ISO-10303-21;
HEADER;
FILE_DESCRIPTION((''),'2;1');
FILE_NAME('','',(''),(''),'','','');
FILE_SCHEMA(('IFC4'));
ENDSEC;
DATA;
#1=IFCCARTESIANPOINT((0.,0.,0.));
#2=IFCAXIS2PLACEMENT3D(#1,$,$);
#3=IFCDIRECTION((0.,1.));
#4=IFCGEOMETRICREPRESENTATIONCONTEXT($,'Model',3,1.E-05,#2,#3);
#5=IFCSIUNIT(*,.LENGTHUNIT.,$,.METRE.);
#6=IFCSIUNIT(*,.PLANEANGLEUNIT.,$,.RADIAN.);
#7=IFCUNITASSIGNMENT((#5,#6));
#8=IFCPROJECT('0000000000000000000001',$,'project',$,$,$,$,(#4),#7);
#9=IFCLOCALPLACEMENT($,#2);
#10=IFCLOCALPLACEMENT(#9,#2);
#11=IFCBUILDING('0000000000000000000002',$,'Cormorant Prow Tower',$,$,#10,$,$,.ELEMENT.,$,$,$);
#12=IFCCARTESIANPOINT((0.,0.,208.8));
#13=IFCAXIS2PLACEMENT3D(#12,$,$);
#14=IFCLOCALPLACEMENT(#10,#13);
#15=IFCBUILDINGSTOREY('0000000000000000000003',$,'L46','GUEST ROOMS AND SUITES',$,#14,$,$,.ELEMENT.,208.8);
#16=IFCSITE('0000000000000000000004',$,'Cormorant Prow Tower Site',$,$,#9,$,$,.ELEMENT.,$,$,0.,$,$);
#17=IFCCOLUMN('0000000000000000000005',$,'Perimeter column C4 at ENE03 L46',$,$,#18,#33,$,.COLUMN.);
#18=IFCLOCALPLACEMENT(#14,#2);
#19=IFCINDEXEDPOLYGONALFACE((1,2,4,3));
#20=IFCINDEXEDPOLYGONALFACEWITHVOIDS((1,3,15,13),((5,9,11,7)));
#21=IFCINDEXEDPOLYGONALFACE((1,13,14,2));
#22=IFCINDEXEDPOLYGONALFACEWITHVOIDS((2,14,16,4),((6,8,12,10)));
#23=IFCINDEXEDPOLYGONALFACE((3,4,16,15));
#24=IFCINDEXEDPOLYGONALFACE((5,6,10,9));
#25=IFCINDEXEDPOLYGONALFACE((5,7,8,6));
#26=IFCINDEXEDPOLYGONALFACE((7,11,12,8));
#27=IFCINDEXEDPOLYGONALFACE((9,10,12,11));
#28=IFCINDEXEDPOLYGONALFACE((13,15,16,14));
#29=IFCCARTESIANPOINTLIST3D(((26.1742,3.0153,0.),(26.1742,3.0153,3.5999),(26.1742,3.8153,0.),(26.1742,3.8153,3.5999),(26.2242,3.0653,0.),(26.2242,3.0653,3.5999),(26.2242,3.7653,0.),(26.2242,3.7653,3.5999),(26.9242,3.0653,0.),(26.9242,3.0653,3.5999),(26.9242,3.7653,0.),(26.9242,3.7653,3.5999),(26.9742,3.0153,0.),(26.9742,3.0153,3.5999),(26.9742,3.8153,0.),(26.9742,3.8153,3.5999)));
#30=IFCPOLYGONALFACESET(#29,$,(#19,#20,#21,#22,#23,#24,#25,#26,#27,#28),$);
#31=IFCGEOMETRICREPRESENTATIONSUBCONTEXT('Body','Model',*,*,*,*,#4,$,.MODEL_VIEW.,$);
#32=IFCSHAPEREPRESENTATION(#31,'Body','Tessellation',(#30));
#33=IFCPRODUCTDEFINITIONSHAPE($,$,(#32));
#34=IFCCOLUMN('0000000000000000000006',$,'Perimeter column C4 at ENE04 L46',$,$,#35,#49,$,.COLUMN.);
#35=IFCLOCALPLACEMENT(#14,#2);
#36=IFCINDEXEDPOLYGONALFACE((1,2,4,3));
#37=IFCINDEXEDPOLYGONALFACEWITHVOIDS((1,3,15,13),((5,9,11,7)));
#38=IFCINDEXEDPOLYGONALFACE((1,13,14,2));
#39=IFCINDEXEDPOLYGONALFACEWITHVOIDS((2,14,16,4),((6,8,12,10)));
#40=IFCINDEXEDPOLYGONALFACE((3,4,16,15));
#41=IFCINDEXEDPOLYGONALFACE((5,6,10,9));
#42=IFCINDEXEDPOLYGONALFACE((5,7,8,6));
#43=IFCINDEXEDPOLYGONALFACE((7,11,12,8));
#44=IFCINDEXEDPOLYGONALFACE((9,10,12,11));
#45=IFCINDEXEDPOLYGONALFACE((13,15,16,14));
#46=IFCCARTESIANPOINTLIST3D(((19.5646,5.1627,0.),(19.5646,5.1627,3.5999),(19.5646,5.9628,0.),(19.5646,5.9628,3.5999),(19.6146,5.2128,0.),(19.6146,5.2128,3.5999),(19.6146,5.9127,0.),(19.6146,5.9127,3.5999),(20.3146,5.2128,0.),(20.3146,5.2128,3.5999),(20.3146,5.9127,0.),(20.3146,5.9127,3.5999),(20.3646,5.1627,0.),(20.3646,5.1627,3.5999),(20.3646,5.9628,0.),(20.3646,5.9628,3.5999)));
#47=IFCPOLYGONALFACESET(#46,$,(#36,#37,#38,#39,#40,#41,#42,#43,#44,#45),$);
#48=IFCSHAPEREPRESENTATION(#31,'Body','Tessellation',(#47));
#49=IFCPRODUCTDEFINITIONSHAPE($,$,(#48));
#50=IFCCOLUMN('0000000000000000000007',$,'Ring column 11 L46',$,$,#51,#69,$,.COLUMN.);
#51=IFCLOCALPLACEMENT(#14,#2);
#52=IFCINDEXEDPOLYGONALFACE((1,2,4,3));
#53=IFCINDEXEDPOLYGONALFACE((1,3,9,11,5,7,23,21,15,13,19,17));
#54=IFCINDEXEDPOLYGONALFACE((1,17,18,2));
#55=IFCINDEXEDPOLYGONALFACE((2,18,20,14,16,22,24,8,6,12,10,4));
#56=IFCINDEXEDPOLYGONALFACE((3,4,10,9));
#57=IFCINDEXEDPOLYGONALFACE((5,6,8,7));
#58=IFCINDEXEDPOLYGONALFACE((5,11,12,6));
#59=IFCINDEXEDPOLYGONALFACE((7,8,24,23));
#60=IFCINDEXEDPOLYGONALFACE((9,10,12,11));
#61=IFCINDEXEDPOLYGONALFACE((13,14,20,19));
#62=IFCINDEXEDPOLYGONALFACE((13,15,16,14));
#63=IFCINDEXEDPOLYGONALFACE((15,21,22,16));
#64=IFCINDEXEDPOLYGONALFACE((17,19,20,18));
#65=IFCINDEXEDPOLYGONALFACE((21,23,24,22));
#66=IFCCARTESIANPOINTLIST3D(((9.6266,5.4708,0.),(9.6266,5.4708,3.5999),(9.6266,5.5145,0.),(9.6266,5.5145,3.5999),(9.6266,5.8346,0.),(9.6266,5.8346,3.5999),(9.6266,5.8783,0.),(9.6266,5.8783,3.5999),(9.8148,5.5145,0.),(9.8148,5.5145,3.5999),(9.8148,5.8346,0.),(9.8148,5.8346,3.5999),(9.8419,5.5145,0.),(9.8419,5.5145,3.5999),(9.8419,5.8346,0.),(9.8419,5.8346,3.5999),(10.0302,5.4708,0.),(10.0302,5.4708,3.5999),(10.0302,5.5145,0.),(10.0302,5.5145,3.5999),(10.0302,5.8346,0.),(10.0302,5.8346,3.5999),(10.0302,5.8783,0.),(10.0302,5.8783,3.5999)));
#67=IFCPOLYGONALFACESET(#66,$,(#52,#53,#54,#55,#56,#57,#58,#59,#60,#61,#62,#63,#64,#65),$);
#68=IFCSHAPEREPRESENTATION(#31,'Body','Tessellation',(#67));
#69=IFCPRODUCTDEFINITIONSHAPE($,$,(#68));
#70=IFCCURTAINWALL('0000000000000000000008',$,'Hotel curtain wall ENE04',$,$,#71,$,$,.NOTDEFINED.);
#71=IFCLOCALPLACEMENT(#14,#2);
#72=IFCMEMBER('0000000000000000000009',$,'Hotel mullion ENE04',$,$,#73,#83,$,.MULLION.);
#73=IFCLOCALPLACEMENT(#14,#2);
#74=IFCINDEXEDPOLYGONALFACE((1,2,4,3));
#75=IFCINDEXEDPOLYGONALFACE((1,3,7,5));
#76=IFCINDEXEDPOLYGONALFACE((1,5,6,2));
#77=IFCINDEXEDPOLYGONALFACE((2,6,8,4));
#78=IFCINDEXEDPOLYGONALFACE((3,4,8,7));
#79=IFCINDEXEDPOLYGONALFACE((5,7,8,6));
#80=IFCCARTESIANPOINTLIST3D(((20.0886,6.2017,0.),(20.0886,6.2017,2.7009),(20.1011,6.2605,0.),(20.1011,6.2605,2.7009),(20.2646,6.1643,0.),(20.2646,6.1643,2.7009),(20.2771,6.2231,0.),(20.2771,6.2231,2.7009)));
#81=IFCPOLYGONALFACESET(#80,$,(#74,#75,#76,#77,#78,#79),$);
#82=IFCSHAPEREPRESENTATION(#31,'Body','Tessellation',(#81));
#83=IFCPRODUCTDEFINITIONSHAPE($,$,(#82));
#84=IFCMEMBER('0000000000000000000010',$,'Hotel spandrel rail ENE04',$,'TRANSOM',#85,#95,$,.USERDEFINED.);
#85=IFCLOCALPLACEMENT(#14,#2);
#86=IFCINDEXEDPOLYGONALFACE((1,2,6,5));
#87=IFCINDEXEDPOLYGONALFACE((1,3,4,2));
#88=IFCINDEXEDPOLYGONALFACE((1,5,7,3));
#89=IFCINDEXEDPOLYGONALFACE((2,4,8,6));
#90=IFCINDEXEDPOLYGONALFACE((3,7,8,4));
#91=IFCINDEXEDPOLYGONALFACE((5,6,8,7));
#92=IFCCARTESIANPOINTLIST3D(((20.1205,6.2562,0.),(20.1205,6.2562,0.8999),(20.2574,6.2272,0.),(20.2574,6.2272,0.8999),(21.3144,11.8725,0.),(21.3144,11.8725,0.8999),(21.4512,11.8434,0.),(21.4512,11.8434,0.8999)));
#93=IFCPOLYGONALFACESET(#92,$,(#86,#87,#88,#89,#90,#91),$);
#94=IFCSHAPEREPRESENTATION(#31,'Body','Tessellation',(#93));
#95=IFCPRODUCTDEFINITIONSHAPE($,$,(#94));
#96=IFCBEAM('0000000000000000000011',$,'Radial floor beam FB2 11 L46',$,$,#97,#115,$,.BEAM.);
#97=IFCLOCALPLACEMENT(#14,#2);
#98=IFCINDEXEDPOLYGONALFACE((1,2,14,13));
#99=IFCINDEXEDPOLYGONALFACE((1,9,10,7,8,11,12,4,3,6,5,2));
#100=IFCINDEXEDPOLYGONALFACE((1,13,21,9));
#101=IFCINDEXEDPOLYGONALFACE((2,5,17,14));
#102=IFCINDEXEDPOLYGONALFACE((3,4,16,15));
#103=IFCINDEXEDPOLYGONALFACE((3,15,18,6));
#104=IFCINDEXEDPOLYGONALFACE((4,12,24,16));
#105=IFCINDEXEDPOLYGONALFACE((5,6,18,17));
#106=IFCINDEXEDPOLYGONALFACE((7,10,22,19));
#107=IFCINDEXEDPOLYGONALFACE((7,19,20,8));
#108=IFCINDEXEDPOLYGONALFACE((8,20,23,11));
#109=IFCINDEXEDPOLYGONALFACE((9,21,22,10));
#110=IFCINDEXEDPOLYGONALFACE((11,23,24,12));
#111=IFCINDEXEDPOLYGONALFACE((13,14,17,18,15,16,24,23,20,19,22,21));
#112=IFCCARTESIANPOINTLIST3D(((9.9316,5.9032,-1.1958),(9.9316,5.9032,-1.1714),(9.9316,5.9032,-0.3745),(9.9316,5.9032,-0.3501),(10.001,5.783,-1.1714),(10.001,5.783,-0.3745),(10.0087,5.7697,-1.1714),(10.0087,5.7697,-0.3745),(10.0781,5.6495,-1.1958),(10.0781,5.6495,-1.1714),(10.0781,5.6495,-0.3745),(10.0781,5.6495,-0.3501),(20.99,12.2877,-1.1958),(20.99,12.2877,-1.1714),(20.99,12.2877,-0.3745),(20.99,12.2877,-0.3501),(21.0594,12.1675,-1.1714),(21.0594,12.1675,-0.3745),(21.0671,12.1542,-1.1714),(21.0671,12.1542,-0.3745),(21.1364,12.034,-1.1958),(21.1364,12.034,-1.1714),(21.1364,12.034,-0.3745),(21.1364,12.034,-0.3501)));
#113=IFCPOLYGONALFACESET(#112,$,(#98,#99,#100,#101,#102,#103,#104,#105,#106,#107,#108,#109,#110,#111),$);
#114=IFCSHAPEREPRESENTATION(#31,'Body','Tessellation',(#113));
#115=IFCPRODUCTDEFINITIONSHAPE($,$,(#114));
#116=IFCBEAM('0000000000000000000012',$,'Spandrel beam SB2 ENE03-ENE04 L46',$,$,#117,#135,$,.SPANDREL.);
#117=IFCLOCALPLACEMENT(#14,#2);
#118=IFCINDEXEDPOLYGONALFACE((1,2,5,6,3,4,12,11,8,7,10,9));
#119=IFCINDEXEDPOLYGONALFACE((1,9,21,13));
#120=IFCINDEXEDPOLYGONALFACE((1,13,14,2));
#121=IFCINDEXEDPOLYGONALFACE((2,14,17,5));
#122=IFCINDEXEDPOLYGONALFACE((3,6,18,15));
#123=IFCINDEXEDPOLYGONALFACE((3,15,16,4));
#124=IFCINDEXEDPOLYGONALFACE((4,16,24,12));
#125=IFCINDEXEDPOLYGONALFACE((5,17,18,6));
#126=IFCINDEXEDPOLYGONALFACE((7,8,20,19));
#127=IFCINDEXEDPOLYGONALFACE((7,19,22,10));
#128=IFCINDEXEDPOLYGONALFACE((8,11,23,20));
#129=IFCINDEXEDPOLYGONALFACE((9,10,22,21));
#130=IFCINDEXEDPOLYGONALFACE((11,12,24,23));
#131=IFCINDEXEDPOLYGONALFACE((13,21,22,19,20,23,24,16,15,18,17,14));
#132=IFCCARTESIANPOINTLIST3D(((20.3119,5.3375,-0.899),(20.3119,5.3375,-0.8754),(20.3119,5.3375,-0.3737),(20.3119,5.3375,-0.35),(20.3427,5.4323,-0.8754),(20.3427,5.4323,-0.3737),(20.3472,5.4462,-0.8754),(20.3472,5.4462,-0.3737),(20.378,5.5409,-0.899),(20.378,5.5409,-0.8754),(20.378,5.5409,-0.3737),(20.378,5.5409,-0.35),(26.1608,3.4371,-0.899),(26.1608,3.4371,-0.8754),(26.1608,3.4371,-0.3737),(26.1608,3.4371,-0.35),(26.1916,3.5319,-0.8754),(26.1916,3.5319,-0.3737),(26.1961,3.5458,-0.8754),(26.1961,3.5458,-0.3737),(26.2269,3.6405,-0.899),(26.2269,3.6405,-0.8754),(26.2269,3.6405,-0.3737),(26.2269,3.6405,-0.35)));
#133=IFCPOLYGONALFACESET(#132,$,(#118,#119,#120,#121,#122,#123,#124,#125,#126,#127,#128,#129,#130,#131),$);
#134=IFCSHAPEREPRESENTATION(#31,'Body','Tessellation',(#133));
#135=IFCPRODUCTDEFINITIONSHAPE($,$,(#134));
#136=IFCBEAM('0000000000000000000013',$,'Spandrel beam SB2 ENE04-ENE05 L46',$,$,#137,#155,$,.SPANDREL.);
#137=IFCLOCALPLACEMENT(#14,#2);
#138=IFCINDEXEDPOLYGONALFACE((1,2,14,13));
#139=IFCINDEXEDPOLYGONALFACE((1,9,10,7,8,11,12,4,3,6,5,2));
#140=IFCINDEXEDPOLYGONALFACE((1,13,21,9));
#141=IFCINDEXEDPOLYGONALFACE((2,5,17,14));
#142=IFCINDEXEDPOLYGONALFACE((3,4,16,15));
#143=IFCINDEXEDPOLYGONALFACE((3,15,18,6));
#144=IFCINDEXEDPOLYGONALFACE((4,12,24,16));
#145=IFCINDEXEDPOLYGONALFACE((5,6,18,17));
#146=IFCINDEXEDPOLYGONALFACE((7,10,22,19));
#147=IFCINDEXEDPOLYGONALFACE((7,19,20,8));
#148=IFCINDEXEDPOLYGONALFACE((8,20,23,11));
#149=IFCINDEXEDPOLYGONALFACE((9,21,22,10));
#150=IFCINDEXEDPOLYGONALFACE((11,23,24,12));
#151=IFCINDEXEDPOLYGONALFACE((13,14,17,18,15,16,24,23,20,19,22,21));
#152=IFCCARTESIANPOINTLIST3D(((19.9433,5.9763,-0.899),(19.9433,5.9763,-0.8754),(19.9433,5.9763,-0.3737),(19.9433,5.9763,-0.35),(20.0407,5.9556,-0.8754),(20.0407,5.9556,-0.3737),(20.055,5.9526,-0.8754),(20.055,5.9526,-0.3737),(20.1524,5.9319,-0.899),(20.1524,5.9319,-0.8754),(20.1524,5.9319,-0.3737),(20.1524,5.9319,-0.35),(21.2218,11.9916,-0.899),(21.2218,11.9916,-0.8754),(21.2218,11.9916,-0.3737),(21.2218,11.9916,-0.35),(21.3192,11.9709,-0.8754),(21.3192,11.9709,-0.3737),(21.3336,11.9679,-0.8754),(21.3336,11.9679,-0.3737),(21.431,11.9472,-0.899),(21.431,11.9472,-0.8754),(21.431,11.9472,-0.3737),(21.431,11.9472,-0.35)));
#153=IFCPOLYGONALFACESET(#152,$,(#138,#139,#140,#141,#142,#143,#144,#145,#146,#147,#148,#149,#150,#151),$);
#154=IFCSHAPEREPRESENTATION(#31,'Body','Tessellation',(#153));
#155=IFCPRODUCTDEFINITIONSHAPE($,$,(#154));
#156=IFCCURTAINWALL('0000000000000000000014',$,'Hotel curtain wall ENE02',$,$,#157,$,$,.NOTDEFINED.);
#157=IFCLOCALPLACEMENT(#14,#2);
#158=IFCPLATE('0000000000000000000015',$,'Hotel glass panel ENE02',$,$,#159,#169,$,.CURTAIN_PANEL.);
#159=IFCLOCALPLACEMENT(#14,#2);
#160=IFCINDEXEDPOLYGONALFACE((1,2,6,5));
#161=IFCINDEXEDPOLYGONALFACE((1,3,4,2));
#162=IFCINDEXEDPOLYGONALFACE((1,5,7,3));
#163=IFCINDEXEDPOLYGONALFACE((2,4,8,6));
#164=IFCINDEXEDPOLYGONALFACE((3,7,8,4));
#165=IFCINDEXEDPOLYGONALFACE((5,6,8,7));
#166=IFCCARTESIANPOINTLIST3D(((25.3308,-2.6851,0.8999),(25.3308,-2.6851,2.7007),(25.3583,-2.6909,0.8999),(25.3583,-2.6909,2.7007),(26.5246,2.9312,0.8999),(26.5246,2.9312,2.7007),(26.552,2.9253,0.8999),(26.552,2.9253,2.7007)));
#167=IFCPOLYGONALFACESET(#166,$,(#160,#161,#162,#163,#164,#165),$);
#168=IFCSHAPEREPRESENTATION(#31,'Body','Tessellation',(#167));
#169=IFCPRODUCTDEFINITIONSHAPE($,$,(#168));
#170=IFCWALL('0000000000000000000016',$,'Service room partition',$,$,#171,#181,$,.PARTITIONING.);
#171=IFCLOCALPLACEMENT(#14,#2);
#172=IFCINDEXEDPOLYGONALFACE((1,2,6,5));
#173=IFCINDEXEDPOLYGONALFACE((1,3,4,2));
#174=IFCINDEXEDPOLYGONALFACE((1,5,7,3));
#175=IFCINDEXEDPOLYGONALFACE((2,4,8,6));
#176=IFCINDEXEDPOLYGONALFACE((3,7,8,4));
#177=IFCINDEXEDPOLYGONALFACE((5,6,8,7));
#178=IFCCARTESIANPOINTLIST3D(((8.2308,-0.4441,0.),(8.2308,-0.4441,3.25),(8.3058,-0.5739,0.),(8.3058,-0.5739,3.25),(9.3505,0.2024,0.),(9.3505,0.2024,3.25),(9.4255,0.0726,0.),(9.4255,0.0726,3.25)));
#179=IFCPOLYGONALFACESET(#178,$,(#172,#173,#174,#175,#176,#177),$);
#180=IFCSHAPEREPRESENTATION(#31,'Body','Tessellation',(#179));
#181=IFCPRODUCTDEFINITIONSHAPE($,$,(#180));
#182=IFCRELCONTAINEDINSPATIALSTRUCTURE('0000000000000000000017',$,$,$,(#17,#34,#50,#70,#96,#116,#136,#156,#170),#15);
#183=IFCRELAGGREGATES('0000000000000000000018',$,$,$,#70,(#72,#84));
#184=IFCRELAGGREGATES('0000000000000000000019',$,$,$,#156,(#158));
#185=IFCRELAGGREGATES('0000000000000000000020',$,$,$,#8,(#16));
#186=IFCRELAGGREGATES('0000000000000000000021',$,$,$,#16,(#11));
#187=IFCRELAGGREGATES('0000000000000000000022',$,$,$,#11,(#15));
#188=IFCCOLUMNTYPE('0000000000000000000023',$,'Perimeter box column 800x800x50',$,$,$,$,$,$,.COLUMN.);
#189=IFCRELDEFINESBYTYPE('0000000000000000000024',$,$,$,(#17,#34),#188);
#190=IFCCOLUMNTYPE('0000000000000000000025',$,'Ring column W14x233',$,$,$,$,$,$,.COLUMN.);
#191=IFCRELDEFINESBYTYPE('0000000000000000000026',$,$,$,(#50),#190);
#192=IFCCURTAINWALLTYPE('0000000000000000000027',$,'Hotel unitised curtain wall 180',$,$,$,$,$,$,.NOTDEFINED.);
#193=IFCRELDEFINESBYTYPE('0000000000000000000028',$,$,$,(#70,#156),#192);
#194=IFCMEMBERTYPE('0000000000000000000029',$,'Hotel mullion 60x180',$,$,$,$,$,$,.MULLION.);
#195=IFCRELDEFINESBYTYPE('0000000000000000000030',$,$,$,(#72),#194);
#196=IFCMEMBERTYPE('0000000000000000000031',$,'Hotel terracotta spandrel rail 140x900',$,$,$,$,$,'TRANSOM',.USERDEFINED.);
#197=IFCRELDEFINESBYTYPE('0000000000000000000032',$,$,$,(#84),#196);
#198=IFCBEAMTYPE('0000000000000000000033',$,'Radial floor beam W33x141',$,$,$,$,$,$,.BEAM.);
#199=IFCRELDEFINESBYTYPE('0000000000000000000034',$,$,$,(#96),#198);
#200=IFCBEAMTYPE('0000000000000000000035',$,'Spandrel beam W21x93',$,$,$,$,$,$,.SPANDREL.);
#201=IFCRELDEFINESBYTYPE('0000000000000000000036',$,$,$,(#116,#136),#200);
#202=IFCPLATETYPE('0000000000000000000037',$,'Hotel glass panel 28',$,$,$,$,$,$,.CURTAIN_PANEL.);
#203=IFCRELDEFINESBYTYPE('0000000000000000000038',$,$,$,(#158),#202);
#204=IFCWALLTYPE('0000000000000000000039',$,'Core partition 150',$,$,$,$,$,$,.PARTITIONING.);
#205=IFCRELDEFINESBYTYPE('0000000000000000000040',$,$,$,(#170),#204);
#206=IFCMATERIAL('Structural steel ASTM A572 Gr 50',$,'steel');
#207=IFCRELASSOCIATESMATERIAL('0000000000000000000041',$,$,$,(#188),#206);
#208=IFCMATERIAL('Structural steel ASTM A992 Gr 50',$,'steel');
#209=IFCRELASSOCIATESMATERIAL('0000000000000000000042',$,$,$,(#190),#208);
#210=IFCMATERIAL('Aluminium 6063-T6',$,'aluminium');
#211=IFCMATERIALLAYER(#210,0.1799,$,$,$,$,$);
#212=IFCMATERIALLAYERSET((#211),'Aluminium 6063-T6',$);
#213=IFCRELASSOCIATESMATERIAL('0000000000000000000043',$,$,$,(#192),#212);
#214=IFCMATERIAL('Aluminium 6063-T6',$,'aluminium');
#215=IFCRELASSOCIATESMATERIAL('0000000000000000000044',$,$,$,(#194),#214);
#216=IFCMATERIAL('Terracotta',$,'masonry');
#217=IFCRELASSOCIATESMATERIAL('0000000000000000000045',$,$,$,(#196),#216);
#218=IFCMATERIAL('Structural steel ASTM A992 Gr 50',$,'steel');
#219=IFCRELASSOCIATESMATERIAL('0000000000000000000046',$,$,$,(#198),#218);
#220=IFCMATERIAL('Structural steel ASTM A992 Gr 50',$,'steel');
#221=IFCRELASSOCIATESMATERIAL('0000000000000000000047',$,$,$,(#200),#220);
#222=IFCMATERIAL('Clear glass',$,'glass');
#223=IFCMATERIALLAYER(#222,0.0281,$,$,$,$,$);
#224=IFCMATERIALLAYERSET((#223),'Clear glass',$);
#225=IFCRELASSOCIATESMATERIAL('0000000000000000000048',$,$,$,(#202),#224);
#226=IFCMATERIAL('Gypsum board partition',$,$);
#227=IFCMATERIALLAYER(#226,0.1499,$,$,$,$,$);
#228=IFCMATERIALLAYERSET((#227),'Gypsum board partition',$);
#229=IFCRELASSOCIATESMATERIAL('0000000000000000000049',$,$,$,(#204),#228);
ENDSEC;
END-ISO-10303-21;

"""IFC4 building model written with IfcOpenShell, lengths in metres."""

from ifc_helpers import new_model, si_unit, direction, frame, frame_2d, origin, origin_2d, place, context, subcontext, project, spatial, rectangle, hollow_rectangle, i_section, extrude, material, layer, layer_set, material_profile, profile_set, type_object, element, aggregate, save


model = new_model("IFC4")

# Units and contexts
model_context = context("Model", 3, precision=1e-05, world=origin(), true_north=direction((0.0, 1.0)))
body_context = subcontext(model_context, "Body", "Model", "MODEL_VIEW")
ifc_project = project(units=[si_unit("LENGTHUNIT", "METRE"), si_unit("PLANEANGLEUNIT", "RADIAN")], contexts=[model_context])

# Site, building, storey
site_placement = place(None, origin())
site = spatial("IfcSite", under=ifc_project, at=site_placement, Name="Cormorant Prow Tower Site", CompositionType="ELEMENT", RefElevation=0.0)
building_placement = place(site_placement, origin())
building = spatial("IfcBuilding", under=site, at=building_placement, Name="Cormorant Prow Tower", CompositionType="ELEMENT")
storey_placement = place(building_placement, frame((0.0, 0.0, 208.8)))
storey = spatial("IfcBuildingStorey", under=building, at=storey_placement, Name="L46", Description="GUEST ROOMS AND SUITES", CompositionType="ELEMENT", Elevation=208.8)

# Columns
ifc_material_1 = material(Name="Structural steel ASTM A572 Gr 50", Category="steel")
ifc_material_profile_1 = material_profile(ifc_material_1, hollow_rectangle(XDim=0.8, YDim=0.8, WallThickness=0.05, at=origin_2d()), Name="Box 800x800x50")
ifc_profile_set_1 = profile_set([ifc_material_profile_1], Name="Structural steel ASTM A572 Gr 50")
column_type_1 = type_object("IfcColumnType", Name="Perimeter box column 800x800x50", PredefinedType="COLUMN", material=ifc_profile_set_1)
for number, where, z_axis, x_axis, name in (
    (1, (26.5742, 3.4153, 0.0), (0.0, 0.0, 1.0), (1.0, 0.0, 0.0), "Perimeter column C4 at ENE03 L46"),
    (2, (19.9646, 5.5627, 0.0), (0.0, 0.0, 1.0), (1.0, 0.0, 0.0), "Perimeter column C4 at ENE04 L46"),
):
    element("IfcColumn", number, at=place(storey_placement, frame(where, z_axis=z_axis, x_axis=x_axis)), inside=storey, type_object=column_type_1, Name=name, PredefinedType="COLUMN", context=body_context, shape_type="SweptSolid", body=[
        extrude(hollow_rectangle(XDim=0.8, YDim=0.8, WallThickness=0.05, at=origin_2d()), origin(), (0.0, 0.0, 1.0), 3.5999),
    ])
ifc_material_2 = material(Name="Structural steel ASTM A992 Gr 50", Category="steel")
ifc_material_profile_2 = material_profile(ifc_material_2, i_section(OverallWidth=0.4036, OverallDepth=0.4075, WebThickness=0.0271, FlangeThickness=0.0437, at=origin_2d()), Name="W14x233")
ifc_profile_set_2 = profile_set([ifc_material_profile_2], Name="Structural steel ASTM A992 Gr 50")
column_type_2 = type_object("IfcColumnType", Name="Ring column W14x233", PredefinedType="COLUMN", material=ifc_profile_set_2)
column_placement = place(storey_placement, frame((9.8284, 5.6746, 0.0), z_axis=(0.0, 0.0, 1.0), x_axis=(1.0, 0.0, 0.0)))
element("IfcColumn", 3, at=column_placement, inside=storey, type_object=column_type_2, Name="Ring column 11 L46", PredefinedType="COLUMN", context=body_context, shape_type="SweptSolid", body=[
    extrude(i_section(OverallWidth=0.4036, OverallDepth=0.4075, WebThickness=0.0271, FlangeThickness=0.0437, at=origin_2d()), origin(), (0.0, 0.0, 1.0), 3.5999),
])

# Curtain wall, members
ifc_material_3 = material(Name="Aluminium 6063-T6", Category="aluminium")
ifc_layer_1 = layer(ifc_material_3, 0.1799)
ifc_layer_set_1 = layer_set([ifc_layer_1], Name="Aluminium 6063-T6")
curtain_wall_type = type_object("IfcCurtainWallType", Name="Hotel unitised curtain wall 180", PredefinedType="NOTDEFINED", material=ifc_layer_set_1)
curtain_wall_1_placement = place(storey_placement, origin())
curtain_wall_1 = element("IfcCurtainWall", 4, at=curtain_wall_1_placement, inside=storey, type_object=curtain_wall_type, Name="Hotel curtain wall ENE04", PredefinedType="NOTDEFINED")
ifc_material_4 = material(Name="Aluminium 6063-T6", Category="aluminium")
ifc_material_profile_3 = material_profile(ifc_material_4, rectangle(XDim=0.1799, YDim=0.0601, at=origin_2d()), Name="Hotel mullion 60x180")
ifc_profile_set_3 = profile_set([ifc_material_profile_3], Name="Aluminium 6063-T6")
member_type_1 = type_object("IfcMemberType", Name="Hotel mullion 60x180", PredefinedType="MULLION", material=ifc_profile_set_3)
member_1_placement = place(storey_placement, frame((20.1829, 6.2124, 0.0), z_axis=(0.0, 0.0, 1.0), x_axis=(-0.978148, 0.207912, 0.0)))
member_1 = element("IfcMember", 5, at=member_1_placement, type_object=member_type_1, Name="Hotel mullion ENE04", PredefinedType="MULLION", context=body_context, shape_type="SweptSolid", body=[
    extrude(rectangle(XDim=0.1799, YDim=0.0601, at=origin_2d()), origin(), (0.0, 0.0, 1.0), 2.7009),
])
ifc_material_5 = material(Name="Terracotta", Category="masonry")
ifc_material_profile_4 = material_profile(ifc_material_5, rectangle(XDim=0.1399, YDim=0.8999, at=origin_2d()), Name="Hotel terracotta spandrel rail 140x900")
ifc_profile_set_4 = profile_set([ifc_material_profile_4], Name="Terracotta")
member_type_2 = type_object("IfcMemberType", Name="Hotel terracotta spandrel rail 140x900", ElementType="TRANSOM", PredefinedType="USERDEFINED", material=ifc_profile_set_4)
member_2_placement = place(storey_placement, frame((20.189, 6.2417, 0.45), z_axis=(0.207926, 0.978145, 0.0), x_axis=(-0.978145, 0.207926, 0.0)))
member_2 = element("IfcMember", 6, at=member_2_placement, type_object=member_type_2, Name="Hotel spandrel rail ENE04", ObjectType="TRANSOM", PredefinedType="USERDEFINED", context=body_context, shape_type="SweptSolid", body=[
    extrude(rectangle(XDim=0.1399, YDim=0.8999, at=origin_2d()), origin(), (0.0, 0.0, 1.0), 5.7417),
])
aggregate(curtain_wall_1, [member_1, member_2])

# Beams
ifc_material_6 = material(Name="Structural steel ASTM A992 Gr 50", Category="steel")
ifc_material_profile_5 = material_profile(ifc_material_6, i_section(OverallWidth=0.293, OverallDepth=0.8457, WebThickness=0.0154, FlangeThickness=0.0244, at=origin_2d()), Name="W33x141")
ifc_profile_set_5 = profile_set([ifc_material_profile_5], Name="Structural steel ASTM A992 Gr 50")
beam_type_1 = type_object("IfcBeamType", Name="Radial floor beam W33x141", PredefinedType="BEAM", material=ifc_profile_set_5)
beam_1_placement = place(storey_placement, frame((10.0049, 5.7764, -0.7729), z_axis=(0.866026, 0.499999, 0.0), x_axis=(-0.499999, 0.866026, 0.0)))
element("IfcBeam", 7, at=beam_1_placement, inside=storey, type_object=beam_type_1, Name="Radial floor beam FB2 11 L46", PredefinedType="BEAM", context=body_context, shape_type="SweptSolid", body=[
    extrude(i_section(OverallWidth=0.293, OverallDepth=0.8457, WebThickness=0.0154, FlangeThickness=0.0244, at=origin_2d()), origin(), (0.0, 0.0, 1.0), 12.769),
])
ifc_material_7 = material(Name="Structural steel ASTM A992 Gr 50", Category="steel")
ifc_material_profile_6 = material_profile(ifc_material_7, i_section(OverallWidth=0.2139, OverallDepth=0.5491, WebThickness=0.0146, FlangeThickness=0.0237, at=origin_2d()), Name="W21x93")
ifc_profile_set_6 = profile_set([ifc_material_profile_6], Name="Structural steel ASTM A992 Gr 50")
beam_type_2 = type_object("IfcBeamType", Name="Spandrel beam W21x93", PredefinedType="SPANDREL", material=ifc_profile_set_6)
beam_2_placement = place(storey_placement, frame((26.1938, 3.5388, -0.6245), z_axis=(-0.951058, 0.309013, 0.0), x_axis=(-0.309013, -0.951058, 0.0)))
element("IfcBeam", 8, at=beam_2_placement, inside=storey, type_object=beam_type_2, Name="Spandrel beam SB2 ENE03-ENE04 L46", PredefinedType="SPANDREL", context=body_context, shape_type="SweptSolid", body=[
    extrude(i_section(OverallWidth=0.2139, OverallDepth=0.5491, WebThickness=0.0146, FlangeThickness=0.0237, at=origin_2d()), origin(), (0.0, 0.0, 1.0), 6.1499),
])
beam_3_placement = place(storey_placement, frame((20.0479, 5.9541, -0.6245), z_axis=(0.207905, 0.978149, 0.0), x_axis=(-0.978149, 0.207905, 0.0)))
element("IfcBeam", 9, at=beam_3_placement, inside=storey, type_object=beam_type_2, Name="Spandrel beam SB2 ENE04-ENE05 L46", PredefinedType="SPANDREL", context=body_context, shape_type="SweptSolid", body=[
    extrude(i_section(OverallWidth=0.2139, OverallDepth=0.5491, WebThickness=0.0146, FlangeThickness=0.0237, at=origin_2d()), origin(), (0.0, 0.0, 1.0), 6.1497),
])

# Curtain wall, plate
curtain_wall_2_placement = place(storey_placement, origin())
curtain_wall_2 = element("IfcCurtainWall", 10, at=curtain_wall_2_placement, inside=storey, type_object=curtain_wall_type, Name="Hotel curtain wall ENE02", PredefinedType="NOTDEFINED")
ifc_material_8 = material(Name="Clear glass", Category="glass")
ifc_layer_2 = layer(ifc_material_8, 0.0281)
ifc_layer_set_2 = layer_set([ifc_layer_2], Name="Clear glass")
plate_type = type_object("IfcPlateType", Name="Hotel glass panel 28", PredefinedType="CURTAIN_PANEL", material=ifc_layer_set_2)
plate_placement = place(storey_placement, frame((25.9414, 0.1201, 0.8999), z_axis=(0.0, 0.0, 1.0), x_axis=(0.207912, 0.978148, 0.0)))
plate = element("IfcPlate", 11, at=plate_placement, type_object=plate_type, Name="Hotel glass panel ENE02", PredefinedType="CURTAIN_PANEL", context=body_context, shape_type="SweptSolid", body=[
    extrude(rectangle(XDim=5.7417, YDim=0.0281, at=origin_2d()), origin(), (0.0, 0.0, 1.0), 1.8008),
])
aggregate(curtain_wall_2, [plate])

# Wall
ifc_material_9 = material(Name="Gypsum board partition")
ifc_layer_3 = layer(ifc_material_9, 0.1499)
ifc_layer_set_3 = layer_set([ifc_layer_3], Name="Gypsum board partition")
wall_type_1 = type_object("IfcWallType", Name="Core partition 150", PredefinedType="PARTITIONING", material=ifc_layer_set_3)
wall_1_placement = place(storey_placement, frame((8.2683, -0.509, 0.0), z_axis=(0.0, 0.0, 1.0), x_axis=(0.866003, 0.500038, 0.0)))
element("IfcWall", 12, at=wall_1_placement, inside=storey, type_object=wall_type_1, Name="Service room partition", PredefinedType="PARTITIONING", context=body_context, shape_type="SweptSolid", body=[
    extrude(rectangle(XDim=1.293, YDim=0.1499, at=frame_2d((0.6465, 0.0))), origin(), (0.0, 0.0, 1.0), 3.25),
])

save(model, "model.ifc")
